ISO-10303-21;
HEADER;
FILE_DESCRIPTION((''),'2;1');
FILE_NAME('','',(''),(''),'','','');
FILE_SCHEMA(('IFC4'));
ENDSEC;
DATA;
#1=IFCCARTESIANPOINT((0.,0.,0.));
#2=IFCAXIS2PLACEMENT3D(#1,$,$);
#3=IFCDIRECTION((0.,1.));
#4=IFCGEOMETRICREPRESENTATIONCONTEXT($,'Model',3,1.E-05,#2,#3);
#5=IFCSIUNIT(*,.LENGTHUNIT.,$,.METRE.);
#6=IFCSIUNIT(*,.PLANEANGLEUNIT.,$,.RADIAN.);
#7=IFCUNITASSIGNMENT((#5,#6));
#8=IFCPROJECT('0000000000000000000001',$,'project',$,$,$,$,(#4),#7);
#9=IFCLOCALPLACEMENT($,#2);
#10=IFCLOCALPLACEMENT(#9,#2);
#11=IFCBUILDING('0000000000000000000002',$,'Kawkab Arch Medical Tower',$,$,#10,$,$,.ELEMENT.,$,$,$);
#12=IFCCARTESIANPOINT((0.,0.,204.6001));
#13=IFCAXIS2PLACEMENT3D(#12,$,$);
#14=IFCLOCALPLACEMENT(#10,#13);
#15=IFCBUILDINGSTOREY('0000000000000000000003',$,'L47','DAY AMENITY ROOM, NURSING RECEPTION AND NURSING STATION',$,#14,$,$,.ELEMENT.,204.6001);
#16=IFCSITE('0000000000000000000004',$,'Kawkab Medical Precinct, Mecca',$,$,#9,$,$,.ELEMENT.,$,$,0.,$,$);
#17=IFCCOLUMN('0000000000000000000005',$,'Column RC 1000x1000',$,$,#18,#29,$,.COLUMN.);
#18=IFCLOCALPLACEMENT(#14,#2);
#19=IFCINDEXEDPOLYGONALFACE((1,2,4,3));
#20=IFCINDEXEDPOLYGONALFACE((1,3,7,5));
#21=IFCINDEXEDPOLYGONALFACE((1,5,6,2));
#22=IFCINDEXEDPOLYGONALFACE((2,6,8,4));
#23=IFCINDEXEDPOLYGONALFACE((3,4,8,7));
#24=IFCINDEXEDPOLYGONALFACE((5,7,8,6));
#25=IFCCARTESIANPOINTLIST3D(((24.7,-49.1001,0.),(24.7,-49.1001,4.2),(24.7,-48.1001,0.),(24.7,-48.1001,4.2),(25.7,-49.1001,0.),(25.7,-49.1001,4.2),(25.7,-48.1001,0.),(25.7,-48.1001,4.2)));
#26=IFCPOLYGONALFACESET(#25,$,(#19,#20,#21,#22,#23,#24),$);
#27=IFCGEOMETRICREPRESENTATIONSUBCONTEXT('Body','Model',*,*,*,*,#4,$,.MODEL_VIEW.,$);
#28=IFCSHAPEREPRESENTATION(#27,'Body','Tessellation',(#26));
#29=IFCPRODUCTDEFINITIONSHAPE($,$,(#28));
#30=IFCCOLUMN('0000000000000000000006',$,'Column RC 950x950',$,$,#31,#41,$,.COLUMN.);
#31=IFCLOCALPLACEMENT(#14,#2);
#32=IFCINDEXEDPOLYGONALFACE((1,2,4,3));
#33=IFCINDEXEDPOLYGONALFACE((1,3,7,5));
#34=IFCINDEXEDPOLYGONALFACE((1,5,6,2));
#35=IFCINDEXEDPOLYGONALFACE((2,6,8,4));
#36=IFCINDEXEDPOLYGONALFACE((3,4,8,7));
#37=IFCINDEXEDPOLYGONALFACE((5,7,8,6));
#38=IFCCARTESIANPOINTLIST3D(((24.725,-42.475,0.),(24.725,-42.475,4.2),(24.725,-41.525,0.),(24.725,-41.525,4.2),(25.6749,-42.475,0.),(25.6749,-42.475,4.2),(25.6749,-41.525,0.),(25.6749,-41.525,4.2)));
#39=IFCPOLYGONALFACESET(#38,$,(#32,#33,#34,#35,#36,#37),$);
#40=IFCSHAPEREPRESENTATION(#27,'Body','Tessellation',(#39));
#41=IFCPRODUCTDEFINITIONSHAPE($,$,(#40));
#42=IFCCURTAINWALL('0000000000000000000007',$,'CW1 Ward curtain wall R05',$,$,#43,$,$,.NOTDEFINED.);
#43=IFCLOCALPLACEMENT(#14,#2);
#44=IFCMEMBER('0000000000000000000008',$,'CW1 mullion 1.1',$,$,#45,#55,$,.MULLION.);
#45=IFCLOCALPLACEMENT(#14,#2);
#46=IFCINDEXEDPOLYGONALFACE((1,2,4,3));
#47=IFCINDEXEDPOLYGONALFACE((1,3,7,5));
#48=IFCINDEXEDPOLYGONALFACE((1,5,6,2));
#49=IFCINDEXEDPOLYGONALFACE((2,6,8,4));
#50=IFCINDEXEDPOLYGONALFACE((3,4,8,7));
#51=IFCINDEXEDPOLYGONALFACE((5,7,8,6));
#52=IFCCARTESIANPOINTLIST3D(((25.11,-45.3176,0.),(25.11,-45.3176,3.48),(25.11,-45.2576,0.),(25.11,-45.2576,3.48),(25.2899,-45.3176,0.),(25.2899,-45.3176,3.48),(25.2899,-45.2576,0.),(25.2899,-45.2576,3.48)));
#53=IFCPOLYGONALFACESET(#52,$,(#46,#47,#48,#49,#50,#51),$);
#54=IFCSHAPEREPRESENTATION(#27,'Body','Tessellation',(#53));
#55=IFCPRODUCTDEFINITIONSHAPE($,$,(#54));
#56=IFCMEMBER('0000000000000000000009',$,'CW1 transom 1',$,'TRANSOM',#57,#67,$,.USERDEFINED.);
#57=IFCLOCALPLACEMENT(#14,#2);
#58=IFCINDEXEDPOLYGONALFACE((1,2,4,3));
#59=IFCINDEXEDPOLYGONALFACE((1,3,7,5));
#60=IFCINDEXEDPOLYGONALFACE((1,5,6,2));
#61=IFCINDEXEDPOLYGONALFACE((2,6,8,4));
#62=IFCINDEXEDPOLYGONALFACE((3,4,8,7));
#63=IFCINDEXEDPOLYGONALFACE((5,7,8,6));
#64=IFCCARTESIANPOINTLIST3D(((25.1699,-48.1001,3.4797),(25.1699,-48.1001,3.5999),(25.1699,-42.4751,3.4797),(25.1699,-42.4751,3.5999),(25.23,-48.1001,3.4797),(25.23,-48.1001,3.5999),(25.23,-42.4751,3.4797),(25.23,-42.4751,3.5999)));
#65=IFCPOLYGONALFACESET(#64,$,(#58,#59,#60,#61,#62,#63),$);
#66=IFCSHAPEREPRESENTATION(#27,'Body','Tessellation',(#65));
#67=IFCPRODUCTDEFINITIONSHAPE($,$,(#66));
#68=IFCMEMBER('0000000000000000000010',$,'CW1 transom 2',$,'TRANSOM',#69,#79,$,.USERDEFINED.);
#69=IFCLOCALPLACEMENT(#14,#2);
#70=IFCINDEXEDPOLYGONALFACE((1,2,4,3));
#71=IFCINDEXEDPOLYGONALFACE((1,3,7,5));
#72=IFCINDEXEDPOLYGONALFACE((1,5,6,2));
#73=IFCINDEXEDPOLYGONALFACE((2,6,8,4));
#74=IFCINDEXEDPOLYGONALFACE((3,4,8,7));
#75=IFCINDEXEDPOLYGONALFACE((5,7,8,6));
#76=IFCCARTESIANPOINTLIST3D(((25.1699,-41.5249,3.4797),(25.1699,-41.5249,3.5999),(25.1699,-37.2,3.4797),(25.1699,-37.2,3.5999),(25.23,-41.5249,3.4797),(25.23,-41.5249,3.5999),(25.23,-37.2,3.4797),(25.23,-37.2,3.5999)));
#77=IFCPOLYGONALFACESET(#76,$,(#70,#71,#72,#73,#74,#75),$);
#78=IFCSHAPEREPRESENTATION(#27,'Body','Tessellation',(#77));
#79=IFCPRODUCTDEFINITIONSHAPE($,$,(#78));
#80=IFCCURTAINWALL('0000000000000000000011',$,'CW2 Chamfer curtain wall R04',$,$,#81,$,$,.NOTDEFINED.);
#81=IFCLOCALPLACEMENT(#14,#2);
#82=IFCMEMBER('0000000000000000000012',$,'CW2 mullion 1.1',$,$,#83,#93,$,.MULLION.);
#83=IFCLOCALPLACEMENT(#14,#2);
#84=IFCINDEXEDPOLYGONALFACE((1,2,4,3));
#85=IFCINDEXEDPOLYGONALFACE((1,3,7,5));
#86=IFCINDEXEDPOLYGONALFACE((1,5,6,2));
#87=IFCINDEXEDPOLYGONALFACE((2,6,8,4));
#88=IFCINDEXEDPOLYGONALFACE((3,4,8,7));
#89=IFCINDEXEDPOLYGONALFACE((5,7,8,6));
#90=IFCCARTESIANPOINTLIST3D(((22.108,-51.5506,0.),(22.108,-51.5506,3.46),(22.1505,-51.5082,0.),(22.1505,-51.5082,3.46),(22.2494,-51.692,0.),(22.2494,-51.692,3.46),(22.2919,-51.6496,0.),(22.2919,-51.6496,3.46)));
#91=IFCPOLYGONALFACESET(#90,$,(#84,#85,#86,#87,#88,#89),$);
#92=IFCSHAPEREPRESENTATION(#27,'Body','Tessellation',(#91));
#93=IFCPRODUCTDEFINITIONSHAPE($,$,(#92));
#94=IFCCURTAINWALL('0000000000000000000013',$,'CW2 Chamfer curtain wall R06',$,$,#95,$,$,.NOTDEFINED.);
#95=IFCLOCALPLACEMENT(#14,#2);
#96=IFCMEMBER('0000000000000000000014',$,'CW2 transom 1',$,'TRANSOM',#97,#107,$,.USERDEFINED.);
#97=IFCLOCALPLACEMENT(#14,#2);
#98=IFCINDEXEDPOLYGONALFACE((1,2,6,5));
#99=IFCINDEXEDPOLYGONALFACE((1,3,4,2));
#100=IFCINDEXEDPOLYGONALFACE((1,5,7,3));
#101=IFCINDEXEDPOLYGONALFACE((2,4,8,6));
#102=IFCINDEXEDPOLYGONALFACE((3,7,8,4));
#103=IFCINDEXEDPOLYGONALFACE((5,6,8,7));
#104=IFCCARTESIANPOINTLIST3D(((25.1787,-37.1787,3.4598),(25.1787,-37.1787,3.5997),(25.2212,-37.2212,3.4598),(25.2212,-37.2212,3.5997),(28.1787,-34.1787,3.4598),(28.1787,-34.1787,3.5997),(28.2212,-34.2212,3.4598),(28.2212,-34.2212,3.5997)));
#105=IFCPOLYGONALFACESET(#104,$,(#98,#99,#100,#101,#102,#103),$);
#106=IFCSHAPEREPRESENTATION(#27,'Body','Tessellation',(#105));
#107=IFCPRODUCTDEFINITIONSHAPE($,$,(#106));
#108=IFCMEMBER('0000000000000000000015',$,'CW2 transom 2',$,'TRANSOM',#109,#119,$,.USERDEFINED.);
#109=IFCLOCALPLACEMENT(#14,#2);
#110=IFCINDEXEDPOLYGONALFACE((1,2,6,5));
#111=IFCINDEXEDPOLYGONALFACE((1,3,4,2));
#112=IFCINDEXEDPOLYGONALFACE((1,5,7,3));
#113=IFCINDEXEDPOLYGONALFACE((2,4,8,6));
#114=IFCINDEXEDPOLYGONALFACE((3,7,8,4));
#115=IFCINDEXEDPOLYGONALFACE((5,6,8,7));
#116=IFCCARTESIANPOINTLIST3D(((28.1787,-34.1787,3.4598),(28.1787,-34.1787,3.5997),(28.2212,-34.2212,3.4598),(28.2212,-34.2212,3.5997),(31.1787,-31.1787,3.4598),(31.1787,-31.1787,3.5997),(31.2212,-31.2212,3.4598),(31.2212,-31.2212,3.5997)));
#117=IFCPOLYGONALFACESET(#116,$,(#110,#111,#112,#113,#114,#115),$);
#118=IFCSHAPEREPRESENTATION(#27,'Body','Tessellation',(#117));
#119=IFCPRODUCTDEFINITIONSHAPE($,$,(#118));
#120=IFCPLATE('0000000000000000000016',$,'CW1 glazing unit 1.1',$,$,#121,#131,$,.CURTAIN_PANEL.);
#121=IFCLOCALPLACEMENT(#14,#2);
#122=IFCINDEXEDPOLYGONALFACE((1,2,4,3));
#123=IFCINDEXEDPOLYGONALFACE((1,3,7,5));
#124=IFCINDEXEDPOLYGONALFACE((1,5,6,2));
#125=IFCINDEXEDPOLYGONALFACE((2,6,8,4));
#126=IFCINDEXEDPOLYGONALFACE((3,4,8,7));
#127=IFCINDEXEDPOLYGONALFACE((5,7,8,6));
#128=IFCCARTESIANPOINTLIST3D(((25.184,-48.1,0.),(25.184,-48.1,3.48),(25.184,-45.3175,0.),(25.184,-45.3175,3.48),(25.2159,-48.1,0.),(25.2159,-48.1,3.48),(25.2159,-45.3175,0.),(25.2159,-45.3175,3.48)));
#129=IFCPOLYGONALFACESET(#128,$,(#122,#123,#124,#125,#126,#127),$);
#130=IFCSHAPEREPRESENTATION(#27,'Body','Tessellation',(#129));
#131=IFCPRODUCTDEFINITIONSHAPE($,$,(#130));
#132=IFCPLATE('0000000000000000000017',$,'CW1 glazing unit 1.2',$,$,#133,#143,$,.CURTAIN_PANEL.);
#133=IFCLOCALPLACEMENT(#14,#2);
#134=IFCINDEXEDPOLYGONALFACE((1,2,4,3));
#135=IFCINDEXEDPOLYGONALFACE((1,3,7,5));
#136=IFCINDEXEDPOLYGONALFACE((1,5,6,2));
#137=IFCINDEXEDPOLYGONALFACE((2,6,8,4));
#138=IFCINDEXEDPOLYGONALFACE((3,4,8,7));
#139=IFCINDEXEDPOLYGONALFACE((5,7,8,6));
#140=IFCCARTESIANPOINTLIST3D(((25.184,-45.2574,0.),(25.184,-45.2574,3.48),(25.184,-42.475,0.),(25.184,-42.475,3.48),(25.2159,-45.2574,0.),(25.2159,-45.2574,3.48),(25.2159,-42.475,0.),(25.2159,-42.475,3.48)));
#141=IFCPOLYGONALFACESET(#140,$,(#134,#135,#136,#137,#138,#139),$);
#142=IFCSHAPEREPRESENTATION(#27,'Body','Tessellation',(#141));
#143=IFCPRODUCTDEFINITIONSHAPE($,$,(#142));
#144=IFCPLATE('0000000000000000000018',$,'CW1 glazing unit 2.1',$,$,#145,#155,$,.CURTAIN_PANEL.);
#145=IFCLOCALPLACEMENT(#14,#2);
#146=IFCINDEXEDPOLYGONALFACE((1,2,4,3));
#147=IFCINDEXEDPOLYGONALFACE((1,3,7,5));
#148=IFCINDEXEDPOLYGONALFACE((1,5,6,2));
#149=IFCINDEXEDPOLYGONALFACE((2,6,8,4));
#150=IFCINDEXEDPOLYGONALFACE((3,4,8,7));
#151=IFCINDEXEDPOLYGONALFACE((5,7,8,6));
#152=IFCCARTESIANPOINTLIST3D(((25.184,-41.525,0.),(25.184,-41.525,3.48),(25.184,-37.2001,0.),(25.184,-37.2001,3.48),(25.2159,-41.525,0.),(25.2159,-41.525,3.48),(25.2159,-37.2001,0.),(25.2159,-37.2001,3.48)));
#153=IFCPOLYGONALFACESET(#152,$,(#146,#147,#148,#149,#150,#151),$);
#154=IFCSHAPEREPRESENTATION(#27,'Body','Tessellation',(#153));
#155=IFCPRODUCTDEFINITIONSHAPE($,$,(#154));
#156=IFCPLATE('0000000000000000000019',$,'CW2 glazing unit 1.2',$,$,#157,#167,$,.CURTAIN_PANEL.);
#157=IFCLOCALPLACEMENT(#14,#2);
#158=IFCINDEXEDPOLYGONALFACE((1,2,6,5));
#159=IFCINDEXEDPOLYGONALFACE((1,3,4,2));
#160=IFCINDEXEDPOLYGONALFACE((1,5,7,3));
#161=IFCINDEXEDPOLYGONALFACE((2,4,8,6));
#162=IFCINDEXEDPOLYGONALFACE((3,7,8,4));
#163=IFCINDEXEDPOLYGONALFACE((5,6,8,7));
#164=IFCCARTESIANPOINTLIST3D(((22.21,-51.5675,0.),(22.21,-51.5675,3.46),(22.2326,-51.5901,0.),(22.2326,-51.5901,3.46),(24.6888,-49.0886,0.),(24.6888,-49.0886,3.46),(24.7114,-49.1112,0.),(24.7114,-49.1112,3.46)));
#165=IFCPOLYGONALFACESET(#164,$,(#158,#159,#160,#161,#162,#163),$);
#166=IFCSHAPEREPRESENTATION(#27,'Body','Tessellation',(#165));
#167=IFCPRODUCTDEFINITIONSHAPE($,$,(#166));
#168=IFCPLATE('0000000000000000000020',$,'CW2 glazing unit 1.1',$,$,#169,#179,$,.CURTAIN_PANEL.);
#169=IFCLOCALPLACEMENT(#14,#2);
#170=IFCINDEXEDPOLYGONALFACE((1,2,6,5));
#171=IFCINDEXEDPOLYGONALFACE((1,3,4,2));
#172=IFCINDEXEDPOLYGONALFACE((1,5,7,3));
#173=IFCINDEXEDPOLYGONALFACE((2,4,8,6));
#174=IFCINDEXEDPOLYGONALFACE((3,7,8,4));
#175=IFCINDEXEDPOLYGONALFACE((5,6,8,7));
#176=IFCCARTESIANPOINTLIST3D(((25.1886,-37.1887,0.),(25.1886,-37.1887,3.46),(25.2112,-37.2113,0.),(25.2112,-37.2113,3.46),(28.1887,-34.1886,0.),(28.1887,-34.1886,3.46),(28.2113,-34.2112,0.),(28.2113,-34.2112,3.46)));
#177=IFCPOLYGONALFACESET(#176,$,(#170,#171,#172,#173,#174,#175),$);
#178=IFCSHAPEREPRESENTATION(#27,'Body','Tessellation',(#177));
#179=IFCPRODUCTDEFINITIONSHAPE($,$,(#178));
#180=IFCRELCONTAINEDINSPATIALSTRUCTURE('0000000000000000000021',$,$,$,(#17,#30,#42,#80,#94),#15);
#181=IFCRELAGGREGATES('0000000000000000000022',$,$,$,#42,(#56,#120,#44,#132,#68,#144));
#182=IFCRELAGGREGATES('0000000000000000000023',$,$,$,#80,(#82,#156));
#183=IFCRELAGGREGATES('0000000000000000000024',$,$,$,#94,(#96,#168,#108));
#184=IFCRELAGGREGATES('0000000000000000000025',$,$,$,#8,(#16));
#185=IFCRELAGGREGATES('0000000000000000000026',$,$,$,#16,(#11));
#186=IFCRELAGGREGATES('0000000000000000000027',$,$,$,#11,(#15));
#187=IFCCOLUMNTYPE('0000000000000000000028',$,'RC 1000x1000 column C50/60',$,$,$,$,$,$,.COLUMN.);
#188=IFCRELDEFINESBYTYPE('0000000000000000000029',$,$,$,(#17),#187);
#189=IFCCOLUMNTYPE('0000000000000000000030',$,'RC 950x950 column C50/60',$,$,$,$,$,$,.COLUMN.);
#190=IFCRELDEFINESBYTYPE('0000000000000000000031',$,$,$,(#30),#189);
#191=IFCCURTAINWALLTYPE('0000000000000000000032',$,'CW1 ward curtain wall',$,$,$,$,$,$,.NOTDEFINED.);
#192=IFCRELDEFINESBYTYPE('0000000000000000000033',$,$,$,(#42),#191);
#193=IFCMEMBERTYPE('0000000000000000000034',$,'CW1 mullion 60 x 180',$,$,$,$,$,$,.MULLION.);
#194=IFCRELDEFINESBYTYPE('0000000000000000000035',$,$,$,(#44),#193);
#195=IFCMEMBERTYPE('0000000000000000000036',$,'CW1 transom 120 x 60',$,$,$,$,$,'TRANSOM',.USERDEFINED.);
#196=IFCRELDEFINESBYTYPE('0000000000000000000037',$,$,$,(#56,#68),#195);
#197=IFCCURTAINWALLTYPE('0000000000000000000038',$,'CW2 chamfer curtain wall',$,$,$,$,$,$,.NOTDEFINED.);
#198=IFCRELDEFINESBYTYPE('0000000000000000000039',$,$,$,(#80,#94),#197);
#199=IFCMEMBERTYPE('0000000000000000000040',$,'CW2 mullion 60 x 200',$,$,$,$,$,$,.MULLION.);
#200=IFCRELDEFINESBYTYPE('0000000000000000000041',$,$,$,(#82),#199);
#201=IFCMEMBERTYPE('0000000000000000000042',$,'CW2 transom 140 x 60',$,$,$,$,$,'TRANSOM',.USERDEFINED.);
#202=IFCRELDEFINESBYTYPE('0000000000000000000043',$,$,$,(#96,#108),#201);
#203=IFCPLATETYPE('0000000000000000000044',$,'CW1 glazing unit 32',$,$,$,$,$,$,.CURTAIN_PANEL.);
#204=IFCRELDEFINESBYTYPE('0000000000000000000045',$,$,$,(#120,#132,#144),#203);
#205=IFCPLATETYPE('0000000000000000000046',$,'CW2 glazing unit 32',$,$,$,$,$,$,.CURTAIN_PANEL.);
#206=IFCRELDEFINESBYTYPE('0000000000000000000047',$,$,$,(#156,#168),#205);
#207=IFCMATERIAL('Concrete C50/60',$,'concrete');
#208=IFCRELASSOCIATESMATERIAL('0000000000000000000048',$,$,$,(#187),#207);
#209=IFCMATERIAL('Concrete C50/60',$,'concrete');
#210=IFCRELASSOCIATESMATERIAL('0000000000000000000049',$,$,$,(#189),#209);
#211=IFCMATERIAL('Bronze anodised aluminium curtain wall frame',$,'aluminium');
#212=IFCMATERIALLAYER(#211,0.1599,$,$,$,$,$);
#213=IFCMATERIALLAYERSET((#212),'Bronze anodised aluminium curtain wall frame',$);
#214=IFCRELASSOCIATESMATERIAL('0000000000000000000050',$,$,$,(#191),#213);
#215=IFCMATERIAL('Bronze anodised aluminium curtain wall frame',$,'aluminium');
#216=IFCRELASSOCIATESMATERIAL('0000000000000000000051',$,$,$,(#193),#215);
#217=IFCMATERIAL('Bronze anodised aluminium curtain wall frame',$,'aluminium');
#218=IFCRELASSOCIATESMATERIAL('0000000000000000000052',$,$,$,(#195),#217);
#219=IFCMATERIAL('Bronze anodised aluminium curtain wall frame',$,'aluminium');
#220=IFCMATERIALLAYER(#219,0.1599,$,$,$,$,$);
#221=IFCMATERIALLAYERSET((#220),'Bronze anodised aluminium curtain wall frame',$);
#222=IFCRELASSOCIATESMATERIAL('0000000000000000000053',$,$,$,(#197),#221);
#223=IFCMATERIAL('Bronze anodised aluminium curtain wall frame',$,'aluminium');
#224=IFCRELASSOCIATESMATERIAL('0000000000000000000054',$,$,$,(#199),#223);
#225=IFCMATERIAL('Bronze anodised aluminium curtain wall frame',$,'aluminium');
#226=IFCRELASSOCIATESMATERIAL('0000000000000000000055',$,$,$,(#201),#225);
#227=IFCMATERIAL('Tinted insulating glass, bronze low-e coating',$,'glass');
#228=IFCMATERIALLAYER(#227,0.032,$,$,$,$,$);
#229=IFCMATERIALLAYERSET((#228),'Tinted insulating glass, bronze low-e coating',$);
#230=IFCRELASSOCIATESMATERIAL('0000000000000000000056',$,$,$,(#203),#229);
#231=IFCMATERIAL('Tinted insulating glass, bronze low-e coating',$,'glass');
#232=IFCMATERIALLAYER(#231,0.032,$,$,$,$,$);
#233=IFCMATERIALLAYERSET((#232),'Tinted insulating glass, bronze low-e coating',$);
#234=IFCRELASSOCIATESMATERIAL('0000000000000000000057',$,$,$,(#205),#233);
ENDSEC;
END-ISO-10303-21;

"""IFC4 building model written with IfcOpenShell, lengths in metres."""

from ifc_helpers import new_model, si_unit, direction, frame, origin, origin_2d, place, context, subcontext, project, spatial, rectangle, extrude, material, layer, layer_set, material_profile, profile_set, type_object, element, aggregate, save


model = new_model("IFC4")

# Units and contexts
model_context = context("Model", 3, precision=1e-05, world=origin(), true_north=direction((0.0, 1.0)))
body_context = subcontext(model_context, "Body", "Model", "MODEL_VIEW")
ifc_project = project(units=[si_unit("LENGTHUNIT", "METRE"), si_unit("PLANEANGLEUNIT", "RADIAN")], contexts=[model_context])

# Site, building, storey
site_placement = place(None, origin())
site = spatial("IfcSite", under=ifc_project, at=site_placement, Name="Kawkab Medical Precinct, Mecca", CompositionType="ELEMENT", RefElevation=0.0)
building_placement = place(site_placement, origin())
building = spatial("IfcBuilding", under=site, at=building_placement, Name="Kawkab Arch Medical Tower", CompositionType="ELEMENT")
storey_placement = place(building_placement, frame((0.0, 0.0, 204.6001)))
storey = spatial("IfcBuildingStorey", under=building, at=storey_placement, Name="L47", Description="DAY AMENITY ROOM, NURSING RECEPTION AND NURSING STATION", CompositionType="ELEMENT", Elevation=204.6001)

# Columns
ifc_material_1 = material(Name="Concrete C50/60", Category="concrete")
ifc_material_profile_1 = material_profile(ifc_material_1, rectangle(XDim=1.0, YDim=1.0, at=origin_2d()), Name="RC 1000x1000")
ifc_profile_set_1 = profile_set([ifc_material_profile_1], Name="Concrete C50/60")
column_type_1 = type_object("IfcColumnType", Name="RC 1000x1000 column C50/60", PredefinedType="COLUMN", material=ifc_profile_set_1)
column_1_placement = place(storey_placement, frame((25.2, -48.6001, 0.0), z_axis=(0.0, 0.0, 1.0), x_axis=(1.0, 0.0, 0.0)))
element("IfcColumn", 1, at=column_1_placement, inside=storey, type_object=column_type_1, Name="Column RC 1000x1000", PredefinedType="COLUMN", context=body_context, shape_type="SweptSolid", body=[
    extrude(rectangle(XDim=1.0, YDim=1.0, at=origin_2d()), origin(), (0.0, 0.0, 1.0), 4.2),
])
ifc_material_2 = material(Name="Concrete C50/60", Category="concrete")
ifc_material_profile_2 = material_profile(ifc_material_2, rectangle(XDim=0.95, YDim=0.95, at=origin_2d()), Name="RC 950x950")
ifc_profile_set_2 = profile_set([ifc_material_profile_2], Name="Concrete C50/60")
column_type_2 = type_object("IfcColumnType", Name="RC 950x950 column C50/60", PredefinedType="COLUMN", material=ifc_profile_set_2)
column_2_placement = place(storey_placement, frame((25.2, -42.0, 0.0), z_axis=(0.0, 0.0, 1.0), x_axis=(1.0, 0.0, 0.0)))
element("IfcColumn", 2, at=column_2_placement, inside=storey, type_object=column_type_2, Name="Column RC 950x950", PredefinedType="COLUMN", context=body_context, shape_type="SweptSolid", body=[
    extrude(rectangle(XDim=0.95, YDim=0.95, at=origin_2d()), origin(), (0.0, 0.0, 1.0), 4.2),
])

# Curtain wall, members
ifc_material_3 = material(Name="Bronze anodised aluminium curtain wall frame", Category="aluminium")
ifc_layer_1 = layer(ifc_material_3, 0.1599)
ifc_layer_set_1 = layer_set([ifc_layer_1], Name="Bronze anodised aluminium curtain wall frame")
curtain_wall_type_1 = type_object("IfcCurtainWallType", Name="CW1 ward curtain wall", PredefinedType="NOTDEFINED", material=ifc_layer_set_1)
placement = place(storey_placement, origin())
curtain_wall_1 = element("IfcCurtainWall", 3, at=placement, inside=storey, type_object=curtain_wall_type_1, Name="CW1 Ward curtain wall R05", PredefinedType="NOTDEFINED")
ifc_material_4 = material(Name="Bronze anodised aluminium curtain wall frame", Category="aluminium")
ifc_material_profile_3 = material_profile(ifc_material_4, rectangle(XDim=0.1799, YDim=0.0601, at=origin_2d()), Name="AL 60x180")
ifc_profile_set_3 = profile_set([ifc_material_profile_3], Name="Bronze anodised aluminium curtain wall frame")
member_type_1 = type_object("IfcMemberType", Name="CW1 mullion 60 x 180", PredefinedType="MULLION", material=ifc_profile_set_3)
member_1_placement = place(storey_placement, frame((25.2, -45.2876, 0.0), z_axis=(0.0, 0.0, 1.0), x_axis=(-1.0, 0.0, 0.0)))
member_1 = element("IfcMember", 4, at=member_1_placement, type_object=member_type_1, Name="CW1 mullion 1.1", PredefinedType="MULLION", context=body_context, shape_type="SweptSolid", body=[
    extrude(rectangle(XDim=0.1799, YDim=0.0601, at=origin_2d()), origin(), (0.0, 0.0, 1.0), 3.48),
])
ifc_material_5 = material(Name="Bronze anodised aluminium curtain wall frame", Category="aluminium")
ifc_material_profile_4 = material_profile(ifc_material_5, rectangle(XDim=0.0601, YDim=0.1201, at=origin_2d()), Name="AL 60x120")
ifc_profile_set_4 = profile_set([ifc_material_profile_4], Name="Bronze anodised aluminium curtain wall frame")
member_type_2 = type_object("IfcMemberType", Name="CW1 transom 120 x 60", ElementType="TRANSOM", PredefinedType="USERDEFINED", material=ifc_profile_set_4)
member_2_placement = place(storey_placement, frame((25.2, -48.1001, 3.5398), z_axis=(0.0, 1.0, 0.0), x_axis=(-1.0, 0.0, 0.0)))
member_2 = element("IfcMember", 5, at=member_2_placement, type_object=member_type_2, Name="CW1 transom 1", ObjectType="TRANSOM", PredefinedType="USERDEFINED", context=body_context, shape_type="SweptSolid", body=[
    extrude(rectangle(XDim=0.0601, YDim=0.1201, at=origin_2d()), origin(), (0.0, 0.0, 1.0), 5.625),
])
member_3_placement = place(storey_placement, frame((25.2, -41.5249, 3.5398), z_axis=(0.0, 1.0, 0.0), x_axis=(-1.0, 0.0, 0.0)))
member_3 = element("IfcMember", 6, at=member_3_placement, type_object=member_type_2, Name="CW1 transom 2", ObjectType="TRANSOM", PredefinedType="USERDEFINED", context=body_context, shape_type="SweptSolid", body=[
    extrude(rectangle(XDim=0.0601, YDim=0.1201, at=origin_2d()), origin(), (0.0, 0.0, 1.0), 4.325),
])

# Curtain wall, member
ifc_material_6 = material(Name="Bronze anodised aluminium curtain wall frame", Category="aluminium")
ifc_layer_2 = layer(ifc_material_6, 0.1599)
ifc_layer_set_2 = layer_set([ifc_layer_2], Name="Bronze anodised aluminium curtain wall frame")
curtain_wall_type_2 = type_object("IfcCurtainWallType", Name="CW2 chamfer curtain wall", PredefinedType="NOTDEFINED", material=ifc_layer_set_2)
curtain_wall_2 = element("IfcCurtainWall", 7, at=placement, inside=storey, type_object=curtain_wall_type_2, Name="CW2 Chamfer curtain wall R04", PredefinedType="NOTDEFINED")
ifc_material_7 = material(Name="Bronze anodised aluminium curtain wall frame", Category="aluminium")
ifc_material_profile_5 = material_profile(ifc_material_7, rectangle(XDim=0.2, YDim=0.0601, at=origin_2d()), Name="AL 60x200")
ifc_profile_set_5 = profile_set([ifc_material_profile_5], Name="Bronze anodised aluminium curtain wall frame")
member_type_3 = type_object("IfcMemberType", Name="CW2 mullion 60 x 200", PredefinedType="MULLION", material=ifc_profile_set_5)
member_4_placement = place(storey_placement, frame((22.2, -51.6001, 0.0), z_axis=(0.0, 0.0, 1.0), x_axis=(-0.707107, 0.707107, 0.0)))
member_4 = element("IfcMember", 8, at=member_4_placement, type_object=member_type_3, Name="CW2 mullion 1.1", PredefinedType="MULLION", context=body_context, shape_type="SweptSolid", body=[
    extrude(rectangle(XDim=0.2, YDim=0.0601, at=origin_2d()), origin(), (0.0, 0.0, 1.0), 3.46),
])

# Curtain wall, members
curtain_wall_3 = element("IfcCurtainWall", 9, at=placement, inside=storey, type_object=curtain_wall_type_2, Name="CW2 Chamfer curtain wall R06", PredefinedType="NOTDEFINED")
ifc_material_8 = material(Name="Bronze anodised aluminium curtain wall frame", Category="aluminium")
ifc_material_profile_6 = material_profile(ifc_material_8, rectangle(XDim=0.0601, YDim=0.1399, at=origin_2d()), Name="AL 60x140")
ifc_profile_set_6 = profile_set([ifc_material_profile_6], Name="Bronze anodised aluminium curtain wall frame")
member_type_4 = type_object("IfcMemberType", Name="CW2 transom 140 x 60", ElementType="TRANSOM", PredefinedType="USERDEFINED", material=ifc_profile_set_6)
member_5_placement = place(storey_placement, frame((25.2, -37.2, 3.5298), z_axis=(0.707107, 0.707107, 0.0), x_axis=(-0.707107, 0.707107, 0.0)))
member_5 = element("IfcMember", 10, at=member_5_placement, type_object=member_type_4, Name="CW2 transom 1", ObjectType="TRANSOM", PredefinedType="USERDEFINED", context=body_context, shape_type="SweptSolid", body=[
    extrude(rectangle(XDim=0.0601, YDim=0.1399, at=origin_2d()), origin(), (0.0, 0.0, 1.0), 4.2427),
])
member_6_placement = place(storey_placement, frame((28.2, -34.2, 3.5298), z_axis=(0.707107, 0.707107, 0.0), x_axis=(-0.707107, 0.707107, 0.0)))
member_6 = element("IfcMember", 11, at=member_6_placement, type_object=member_type_4, Name="CW2 transom 2", ObjectType="TRANSOM", PredefinedType="USERDEFINED", context=body_context, shape_type="SweptSolid", body=[
    extrude(rectangle(XDim=0.0601, YDim=0.1399, at=origin_2d()), origin(), (0.0, 0.0, 1.0), 4.2427),
])

# Plates
ifc_material_9 = material(Name="Tinted insulating glass, bronze low-e coating", Category="glass")
ifc_layer_3 = layer(ifc_material_9, 0.032)
ifc_layer_set_3 = layer_set([ifc_layer_3], Name="Tinted insulating glass, bronze low-e coating")
plate_type_1 = type_object("IfcPlateType", Name="CW1 glazing unit 32", PredefinedType="CURTAIN_PANEL", material=ifc_layer_set_3)
plate_1_placement = place(storey_placement, frame((25.2, -46.7087, 0.0), z_axis=(0.0, 0.0, 1.0), x_axis=(0.0, 1.0, 0.0)))
plate_1 = element("IfcPlate", 12, at=plate_1_placement, type_object=plate_type_1, Name="CW1 glazing unit 1.1", PredefinedType="CURTAIN_PANEL", context=body_context, shape_type="SweptSolid", body=[
    extrude(rectangle(XDim=2.7825, YDim=0.032, at=origin_2d()), origin(), (0.0, 0.0, 1.0), 3.48),
])
plate_2_placement = place(storey_placement, frame((25.2, -43.8662, 0.0), z_axis=(0.0, 0.0, 1.0), x_axis=(0.0, 1.0, 0.0)))
plate_2 = element("IfcPlate", 13, at=plate_2_placement, type_object=plate_type_1, Name="CW1 glazing unit 1.2", PredefinedType="CURTAIN_PANEL", context=body_context, shape_type="SweptSolid", body=[
    extrude(rectangle(XDim=2.7825, YDim=0.032, at=origin_2d()), origin(), (0.0, 0.0, 1.0), 3.48),
])
plate_3_placement = place(storey_placement, frame((25.2, -39.3625, 0.0), z_axis=(0.0, 0.0, 1.0), x_axis=(0.0, 1.0, 0.0)))
plate_3 = element("IfcPlate", 14, at=plate_3_placement, type_object=plate_type_1, Name="CW1 glazing unit 2.1", PredefinedType="CURTAIN_PANEL", context=body_context, shape_type="SweptSolid", body=[
    extrude(rectangle(XDim=4.325, YDim=0.032, at=origin_2d()), origin(), (0.0, 0.0, 1.0), 3.48),
])
aggregate(curtain_wall_1, [member_2, plate_1, member_1, plate_2, member_3, plate_3])
ifc_material_10 = material(Name="Tinted insulating glass, bronze low-e coating", Category="glass")
ifc_layer_4 = layer(ifc_material_10, 0.032)
ifc_layer_set_4 = layer_set([ifc_layer_4], Name="Tinted insulating glass, bronze low-e coating")
plate_type_2 = type_object("IfcPlateType", Name="CW2 glazing unit 32", PredefinedType="CURTAIN_PANEL", material=ifc_layer_set_4)
plate_4_placement = place(storey_placement, frame((23.4607, -50.3394, 0.0), z_axis=(0.0, 0.0, 1.0), x_axis=(0.707107, 0.707107, 0.0)))
plate_4 = element("IfcPlate", 15, at=plate_4_placement, type_object=plate_type_2, Name="CW2 glazing unit 1.2", PredefinedType="CURTAIN_PANEL", context=body_context, shape_type="SweptSolid", body=[
    extrude(rectangle(XDim=3.5056, YDim=0.032, at=origin_2d()), origin(), (0.0, 0.0, 1.0), 3.46),
])
aggregate(curtain_wall_2, [member_4, plate_4])
plate_5_placement = place(storey_placement, frame((26.7, -35.7, 0.0), z_axis=(0.0, 0.0, 1.0), x_axis=(0.707107, 0.707107, 0.0)))
plate_5 = element("IfcPlate", 16, at=plate_5_placement, type_object=plate_type_2, Name="CW2 glazing unit 1.1", PredefinedType="CURTAIN_PANEL", context=body_context, shape_type="SweptSolid", body=[
    extrude(rectangle(XDim=4.2427, YDim=0.032, at=origin_2d()), origin(), (0.0, 0.0, 1.0), 3.46),
])
aggregate(curtain_wall_3, [member_5, plate_5, member_6])

save(model, "model.ifc")
